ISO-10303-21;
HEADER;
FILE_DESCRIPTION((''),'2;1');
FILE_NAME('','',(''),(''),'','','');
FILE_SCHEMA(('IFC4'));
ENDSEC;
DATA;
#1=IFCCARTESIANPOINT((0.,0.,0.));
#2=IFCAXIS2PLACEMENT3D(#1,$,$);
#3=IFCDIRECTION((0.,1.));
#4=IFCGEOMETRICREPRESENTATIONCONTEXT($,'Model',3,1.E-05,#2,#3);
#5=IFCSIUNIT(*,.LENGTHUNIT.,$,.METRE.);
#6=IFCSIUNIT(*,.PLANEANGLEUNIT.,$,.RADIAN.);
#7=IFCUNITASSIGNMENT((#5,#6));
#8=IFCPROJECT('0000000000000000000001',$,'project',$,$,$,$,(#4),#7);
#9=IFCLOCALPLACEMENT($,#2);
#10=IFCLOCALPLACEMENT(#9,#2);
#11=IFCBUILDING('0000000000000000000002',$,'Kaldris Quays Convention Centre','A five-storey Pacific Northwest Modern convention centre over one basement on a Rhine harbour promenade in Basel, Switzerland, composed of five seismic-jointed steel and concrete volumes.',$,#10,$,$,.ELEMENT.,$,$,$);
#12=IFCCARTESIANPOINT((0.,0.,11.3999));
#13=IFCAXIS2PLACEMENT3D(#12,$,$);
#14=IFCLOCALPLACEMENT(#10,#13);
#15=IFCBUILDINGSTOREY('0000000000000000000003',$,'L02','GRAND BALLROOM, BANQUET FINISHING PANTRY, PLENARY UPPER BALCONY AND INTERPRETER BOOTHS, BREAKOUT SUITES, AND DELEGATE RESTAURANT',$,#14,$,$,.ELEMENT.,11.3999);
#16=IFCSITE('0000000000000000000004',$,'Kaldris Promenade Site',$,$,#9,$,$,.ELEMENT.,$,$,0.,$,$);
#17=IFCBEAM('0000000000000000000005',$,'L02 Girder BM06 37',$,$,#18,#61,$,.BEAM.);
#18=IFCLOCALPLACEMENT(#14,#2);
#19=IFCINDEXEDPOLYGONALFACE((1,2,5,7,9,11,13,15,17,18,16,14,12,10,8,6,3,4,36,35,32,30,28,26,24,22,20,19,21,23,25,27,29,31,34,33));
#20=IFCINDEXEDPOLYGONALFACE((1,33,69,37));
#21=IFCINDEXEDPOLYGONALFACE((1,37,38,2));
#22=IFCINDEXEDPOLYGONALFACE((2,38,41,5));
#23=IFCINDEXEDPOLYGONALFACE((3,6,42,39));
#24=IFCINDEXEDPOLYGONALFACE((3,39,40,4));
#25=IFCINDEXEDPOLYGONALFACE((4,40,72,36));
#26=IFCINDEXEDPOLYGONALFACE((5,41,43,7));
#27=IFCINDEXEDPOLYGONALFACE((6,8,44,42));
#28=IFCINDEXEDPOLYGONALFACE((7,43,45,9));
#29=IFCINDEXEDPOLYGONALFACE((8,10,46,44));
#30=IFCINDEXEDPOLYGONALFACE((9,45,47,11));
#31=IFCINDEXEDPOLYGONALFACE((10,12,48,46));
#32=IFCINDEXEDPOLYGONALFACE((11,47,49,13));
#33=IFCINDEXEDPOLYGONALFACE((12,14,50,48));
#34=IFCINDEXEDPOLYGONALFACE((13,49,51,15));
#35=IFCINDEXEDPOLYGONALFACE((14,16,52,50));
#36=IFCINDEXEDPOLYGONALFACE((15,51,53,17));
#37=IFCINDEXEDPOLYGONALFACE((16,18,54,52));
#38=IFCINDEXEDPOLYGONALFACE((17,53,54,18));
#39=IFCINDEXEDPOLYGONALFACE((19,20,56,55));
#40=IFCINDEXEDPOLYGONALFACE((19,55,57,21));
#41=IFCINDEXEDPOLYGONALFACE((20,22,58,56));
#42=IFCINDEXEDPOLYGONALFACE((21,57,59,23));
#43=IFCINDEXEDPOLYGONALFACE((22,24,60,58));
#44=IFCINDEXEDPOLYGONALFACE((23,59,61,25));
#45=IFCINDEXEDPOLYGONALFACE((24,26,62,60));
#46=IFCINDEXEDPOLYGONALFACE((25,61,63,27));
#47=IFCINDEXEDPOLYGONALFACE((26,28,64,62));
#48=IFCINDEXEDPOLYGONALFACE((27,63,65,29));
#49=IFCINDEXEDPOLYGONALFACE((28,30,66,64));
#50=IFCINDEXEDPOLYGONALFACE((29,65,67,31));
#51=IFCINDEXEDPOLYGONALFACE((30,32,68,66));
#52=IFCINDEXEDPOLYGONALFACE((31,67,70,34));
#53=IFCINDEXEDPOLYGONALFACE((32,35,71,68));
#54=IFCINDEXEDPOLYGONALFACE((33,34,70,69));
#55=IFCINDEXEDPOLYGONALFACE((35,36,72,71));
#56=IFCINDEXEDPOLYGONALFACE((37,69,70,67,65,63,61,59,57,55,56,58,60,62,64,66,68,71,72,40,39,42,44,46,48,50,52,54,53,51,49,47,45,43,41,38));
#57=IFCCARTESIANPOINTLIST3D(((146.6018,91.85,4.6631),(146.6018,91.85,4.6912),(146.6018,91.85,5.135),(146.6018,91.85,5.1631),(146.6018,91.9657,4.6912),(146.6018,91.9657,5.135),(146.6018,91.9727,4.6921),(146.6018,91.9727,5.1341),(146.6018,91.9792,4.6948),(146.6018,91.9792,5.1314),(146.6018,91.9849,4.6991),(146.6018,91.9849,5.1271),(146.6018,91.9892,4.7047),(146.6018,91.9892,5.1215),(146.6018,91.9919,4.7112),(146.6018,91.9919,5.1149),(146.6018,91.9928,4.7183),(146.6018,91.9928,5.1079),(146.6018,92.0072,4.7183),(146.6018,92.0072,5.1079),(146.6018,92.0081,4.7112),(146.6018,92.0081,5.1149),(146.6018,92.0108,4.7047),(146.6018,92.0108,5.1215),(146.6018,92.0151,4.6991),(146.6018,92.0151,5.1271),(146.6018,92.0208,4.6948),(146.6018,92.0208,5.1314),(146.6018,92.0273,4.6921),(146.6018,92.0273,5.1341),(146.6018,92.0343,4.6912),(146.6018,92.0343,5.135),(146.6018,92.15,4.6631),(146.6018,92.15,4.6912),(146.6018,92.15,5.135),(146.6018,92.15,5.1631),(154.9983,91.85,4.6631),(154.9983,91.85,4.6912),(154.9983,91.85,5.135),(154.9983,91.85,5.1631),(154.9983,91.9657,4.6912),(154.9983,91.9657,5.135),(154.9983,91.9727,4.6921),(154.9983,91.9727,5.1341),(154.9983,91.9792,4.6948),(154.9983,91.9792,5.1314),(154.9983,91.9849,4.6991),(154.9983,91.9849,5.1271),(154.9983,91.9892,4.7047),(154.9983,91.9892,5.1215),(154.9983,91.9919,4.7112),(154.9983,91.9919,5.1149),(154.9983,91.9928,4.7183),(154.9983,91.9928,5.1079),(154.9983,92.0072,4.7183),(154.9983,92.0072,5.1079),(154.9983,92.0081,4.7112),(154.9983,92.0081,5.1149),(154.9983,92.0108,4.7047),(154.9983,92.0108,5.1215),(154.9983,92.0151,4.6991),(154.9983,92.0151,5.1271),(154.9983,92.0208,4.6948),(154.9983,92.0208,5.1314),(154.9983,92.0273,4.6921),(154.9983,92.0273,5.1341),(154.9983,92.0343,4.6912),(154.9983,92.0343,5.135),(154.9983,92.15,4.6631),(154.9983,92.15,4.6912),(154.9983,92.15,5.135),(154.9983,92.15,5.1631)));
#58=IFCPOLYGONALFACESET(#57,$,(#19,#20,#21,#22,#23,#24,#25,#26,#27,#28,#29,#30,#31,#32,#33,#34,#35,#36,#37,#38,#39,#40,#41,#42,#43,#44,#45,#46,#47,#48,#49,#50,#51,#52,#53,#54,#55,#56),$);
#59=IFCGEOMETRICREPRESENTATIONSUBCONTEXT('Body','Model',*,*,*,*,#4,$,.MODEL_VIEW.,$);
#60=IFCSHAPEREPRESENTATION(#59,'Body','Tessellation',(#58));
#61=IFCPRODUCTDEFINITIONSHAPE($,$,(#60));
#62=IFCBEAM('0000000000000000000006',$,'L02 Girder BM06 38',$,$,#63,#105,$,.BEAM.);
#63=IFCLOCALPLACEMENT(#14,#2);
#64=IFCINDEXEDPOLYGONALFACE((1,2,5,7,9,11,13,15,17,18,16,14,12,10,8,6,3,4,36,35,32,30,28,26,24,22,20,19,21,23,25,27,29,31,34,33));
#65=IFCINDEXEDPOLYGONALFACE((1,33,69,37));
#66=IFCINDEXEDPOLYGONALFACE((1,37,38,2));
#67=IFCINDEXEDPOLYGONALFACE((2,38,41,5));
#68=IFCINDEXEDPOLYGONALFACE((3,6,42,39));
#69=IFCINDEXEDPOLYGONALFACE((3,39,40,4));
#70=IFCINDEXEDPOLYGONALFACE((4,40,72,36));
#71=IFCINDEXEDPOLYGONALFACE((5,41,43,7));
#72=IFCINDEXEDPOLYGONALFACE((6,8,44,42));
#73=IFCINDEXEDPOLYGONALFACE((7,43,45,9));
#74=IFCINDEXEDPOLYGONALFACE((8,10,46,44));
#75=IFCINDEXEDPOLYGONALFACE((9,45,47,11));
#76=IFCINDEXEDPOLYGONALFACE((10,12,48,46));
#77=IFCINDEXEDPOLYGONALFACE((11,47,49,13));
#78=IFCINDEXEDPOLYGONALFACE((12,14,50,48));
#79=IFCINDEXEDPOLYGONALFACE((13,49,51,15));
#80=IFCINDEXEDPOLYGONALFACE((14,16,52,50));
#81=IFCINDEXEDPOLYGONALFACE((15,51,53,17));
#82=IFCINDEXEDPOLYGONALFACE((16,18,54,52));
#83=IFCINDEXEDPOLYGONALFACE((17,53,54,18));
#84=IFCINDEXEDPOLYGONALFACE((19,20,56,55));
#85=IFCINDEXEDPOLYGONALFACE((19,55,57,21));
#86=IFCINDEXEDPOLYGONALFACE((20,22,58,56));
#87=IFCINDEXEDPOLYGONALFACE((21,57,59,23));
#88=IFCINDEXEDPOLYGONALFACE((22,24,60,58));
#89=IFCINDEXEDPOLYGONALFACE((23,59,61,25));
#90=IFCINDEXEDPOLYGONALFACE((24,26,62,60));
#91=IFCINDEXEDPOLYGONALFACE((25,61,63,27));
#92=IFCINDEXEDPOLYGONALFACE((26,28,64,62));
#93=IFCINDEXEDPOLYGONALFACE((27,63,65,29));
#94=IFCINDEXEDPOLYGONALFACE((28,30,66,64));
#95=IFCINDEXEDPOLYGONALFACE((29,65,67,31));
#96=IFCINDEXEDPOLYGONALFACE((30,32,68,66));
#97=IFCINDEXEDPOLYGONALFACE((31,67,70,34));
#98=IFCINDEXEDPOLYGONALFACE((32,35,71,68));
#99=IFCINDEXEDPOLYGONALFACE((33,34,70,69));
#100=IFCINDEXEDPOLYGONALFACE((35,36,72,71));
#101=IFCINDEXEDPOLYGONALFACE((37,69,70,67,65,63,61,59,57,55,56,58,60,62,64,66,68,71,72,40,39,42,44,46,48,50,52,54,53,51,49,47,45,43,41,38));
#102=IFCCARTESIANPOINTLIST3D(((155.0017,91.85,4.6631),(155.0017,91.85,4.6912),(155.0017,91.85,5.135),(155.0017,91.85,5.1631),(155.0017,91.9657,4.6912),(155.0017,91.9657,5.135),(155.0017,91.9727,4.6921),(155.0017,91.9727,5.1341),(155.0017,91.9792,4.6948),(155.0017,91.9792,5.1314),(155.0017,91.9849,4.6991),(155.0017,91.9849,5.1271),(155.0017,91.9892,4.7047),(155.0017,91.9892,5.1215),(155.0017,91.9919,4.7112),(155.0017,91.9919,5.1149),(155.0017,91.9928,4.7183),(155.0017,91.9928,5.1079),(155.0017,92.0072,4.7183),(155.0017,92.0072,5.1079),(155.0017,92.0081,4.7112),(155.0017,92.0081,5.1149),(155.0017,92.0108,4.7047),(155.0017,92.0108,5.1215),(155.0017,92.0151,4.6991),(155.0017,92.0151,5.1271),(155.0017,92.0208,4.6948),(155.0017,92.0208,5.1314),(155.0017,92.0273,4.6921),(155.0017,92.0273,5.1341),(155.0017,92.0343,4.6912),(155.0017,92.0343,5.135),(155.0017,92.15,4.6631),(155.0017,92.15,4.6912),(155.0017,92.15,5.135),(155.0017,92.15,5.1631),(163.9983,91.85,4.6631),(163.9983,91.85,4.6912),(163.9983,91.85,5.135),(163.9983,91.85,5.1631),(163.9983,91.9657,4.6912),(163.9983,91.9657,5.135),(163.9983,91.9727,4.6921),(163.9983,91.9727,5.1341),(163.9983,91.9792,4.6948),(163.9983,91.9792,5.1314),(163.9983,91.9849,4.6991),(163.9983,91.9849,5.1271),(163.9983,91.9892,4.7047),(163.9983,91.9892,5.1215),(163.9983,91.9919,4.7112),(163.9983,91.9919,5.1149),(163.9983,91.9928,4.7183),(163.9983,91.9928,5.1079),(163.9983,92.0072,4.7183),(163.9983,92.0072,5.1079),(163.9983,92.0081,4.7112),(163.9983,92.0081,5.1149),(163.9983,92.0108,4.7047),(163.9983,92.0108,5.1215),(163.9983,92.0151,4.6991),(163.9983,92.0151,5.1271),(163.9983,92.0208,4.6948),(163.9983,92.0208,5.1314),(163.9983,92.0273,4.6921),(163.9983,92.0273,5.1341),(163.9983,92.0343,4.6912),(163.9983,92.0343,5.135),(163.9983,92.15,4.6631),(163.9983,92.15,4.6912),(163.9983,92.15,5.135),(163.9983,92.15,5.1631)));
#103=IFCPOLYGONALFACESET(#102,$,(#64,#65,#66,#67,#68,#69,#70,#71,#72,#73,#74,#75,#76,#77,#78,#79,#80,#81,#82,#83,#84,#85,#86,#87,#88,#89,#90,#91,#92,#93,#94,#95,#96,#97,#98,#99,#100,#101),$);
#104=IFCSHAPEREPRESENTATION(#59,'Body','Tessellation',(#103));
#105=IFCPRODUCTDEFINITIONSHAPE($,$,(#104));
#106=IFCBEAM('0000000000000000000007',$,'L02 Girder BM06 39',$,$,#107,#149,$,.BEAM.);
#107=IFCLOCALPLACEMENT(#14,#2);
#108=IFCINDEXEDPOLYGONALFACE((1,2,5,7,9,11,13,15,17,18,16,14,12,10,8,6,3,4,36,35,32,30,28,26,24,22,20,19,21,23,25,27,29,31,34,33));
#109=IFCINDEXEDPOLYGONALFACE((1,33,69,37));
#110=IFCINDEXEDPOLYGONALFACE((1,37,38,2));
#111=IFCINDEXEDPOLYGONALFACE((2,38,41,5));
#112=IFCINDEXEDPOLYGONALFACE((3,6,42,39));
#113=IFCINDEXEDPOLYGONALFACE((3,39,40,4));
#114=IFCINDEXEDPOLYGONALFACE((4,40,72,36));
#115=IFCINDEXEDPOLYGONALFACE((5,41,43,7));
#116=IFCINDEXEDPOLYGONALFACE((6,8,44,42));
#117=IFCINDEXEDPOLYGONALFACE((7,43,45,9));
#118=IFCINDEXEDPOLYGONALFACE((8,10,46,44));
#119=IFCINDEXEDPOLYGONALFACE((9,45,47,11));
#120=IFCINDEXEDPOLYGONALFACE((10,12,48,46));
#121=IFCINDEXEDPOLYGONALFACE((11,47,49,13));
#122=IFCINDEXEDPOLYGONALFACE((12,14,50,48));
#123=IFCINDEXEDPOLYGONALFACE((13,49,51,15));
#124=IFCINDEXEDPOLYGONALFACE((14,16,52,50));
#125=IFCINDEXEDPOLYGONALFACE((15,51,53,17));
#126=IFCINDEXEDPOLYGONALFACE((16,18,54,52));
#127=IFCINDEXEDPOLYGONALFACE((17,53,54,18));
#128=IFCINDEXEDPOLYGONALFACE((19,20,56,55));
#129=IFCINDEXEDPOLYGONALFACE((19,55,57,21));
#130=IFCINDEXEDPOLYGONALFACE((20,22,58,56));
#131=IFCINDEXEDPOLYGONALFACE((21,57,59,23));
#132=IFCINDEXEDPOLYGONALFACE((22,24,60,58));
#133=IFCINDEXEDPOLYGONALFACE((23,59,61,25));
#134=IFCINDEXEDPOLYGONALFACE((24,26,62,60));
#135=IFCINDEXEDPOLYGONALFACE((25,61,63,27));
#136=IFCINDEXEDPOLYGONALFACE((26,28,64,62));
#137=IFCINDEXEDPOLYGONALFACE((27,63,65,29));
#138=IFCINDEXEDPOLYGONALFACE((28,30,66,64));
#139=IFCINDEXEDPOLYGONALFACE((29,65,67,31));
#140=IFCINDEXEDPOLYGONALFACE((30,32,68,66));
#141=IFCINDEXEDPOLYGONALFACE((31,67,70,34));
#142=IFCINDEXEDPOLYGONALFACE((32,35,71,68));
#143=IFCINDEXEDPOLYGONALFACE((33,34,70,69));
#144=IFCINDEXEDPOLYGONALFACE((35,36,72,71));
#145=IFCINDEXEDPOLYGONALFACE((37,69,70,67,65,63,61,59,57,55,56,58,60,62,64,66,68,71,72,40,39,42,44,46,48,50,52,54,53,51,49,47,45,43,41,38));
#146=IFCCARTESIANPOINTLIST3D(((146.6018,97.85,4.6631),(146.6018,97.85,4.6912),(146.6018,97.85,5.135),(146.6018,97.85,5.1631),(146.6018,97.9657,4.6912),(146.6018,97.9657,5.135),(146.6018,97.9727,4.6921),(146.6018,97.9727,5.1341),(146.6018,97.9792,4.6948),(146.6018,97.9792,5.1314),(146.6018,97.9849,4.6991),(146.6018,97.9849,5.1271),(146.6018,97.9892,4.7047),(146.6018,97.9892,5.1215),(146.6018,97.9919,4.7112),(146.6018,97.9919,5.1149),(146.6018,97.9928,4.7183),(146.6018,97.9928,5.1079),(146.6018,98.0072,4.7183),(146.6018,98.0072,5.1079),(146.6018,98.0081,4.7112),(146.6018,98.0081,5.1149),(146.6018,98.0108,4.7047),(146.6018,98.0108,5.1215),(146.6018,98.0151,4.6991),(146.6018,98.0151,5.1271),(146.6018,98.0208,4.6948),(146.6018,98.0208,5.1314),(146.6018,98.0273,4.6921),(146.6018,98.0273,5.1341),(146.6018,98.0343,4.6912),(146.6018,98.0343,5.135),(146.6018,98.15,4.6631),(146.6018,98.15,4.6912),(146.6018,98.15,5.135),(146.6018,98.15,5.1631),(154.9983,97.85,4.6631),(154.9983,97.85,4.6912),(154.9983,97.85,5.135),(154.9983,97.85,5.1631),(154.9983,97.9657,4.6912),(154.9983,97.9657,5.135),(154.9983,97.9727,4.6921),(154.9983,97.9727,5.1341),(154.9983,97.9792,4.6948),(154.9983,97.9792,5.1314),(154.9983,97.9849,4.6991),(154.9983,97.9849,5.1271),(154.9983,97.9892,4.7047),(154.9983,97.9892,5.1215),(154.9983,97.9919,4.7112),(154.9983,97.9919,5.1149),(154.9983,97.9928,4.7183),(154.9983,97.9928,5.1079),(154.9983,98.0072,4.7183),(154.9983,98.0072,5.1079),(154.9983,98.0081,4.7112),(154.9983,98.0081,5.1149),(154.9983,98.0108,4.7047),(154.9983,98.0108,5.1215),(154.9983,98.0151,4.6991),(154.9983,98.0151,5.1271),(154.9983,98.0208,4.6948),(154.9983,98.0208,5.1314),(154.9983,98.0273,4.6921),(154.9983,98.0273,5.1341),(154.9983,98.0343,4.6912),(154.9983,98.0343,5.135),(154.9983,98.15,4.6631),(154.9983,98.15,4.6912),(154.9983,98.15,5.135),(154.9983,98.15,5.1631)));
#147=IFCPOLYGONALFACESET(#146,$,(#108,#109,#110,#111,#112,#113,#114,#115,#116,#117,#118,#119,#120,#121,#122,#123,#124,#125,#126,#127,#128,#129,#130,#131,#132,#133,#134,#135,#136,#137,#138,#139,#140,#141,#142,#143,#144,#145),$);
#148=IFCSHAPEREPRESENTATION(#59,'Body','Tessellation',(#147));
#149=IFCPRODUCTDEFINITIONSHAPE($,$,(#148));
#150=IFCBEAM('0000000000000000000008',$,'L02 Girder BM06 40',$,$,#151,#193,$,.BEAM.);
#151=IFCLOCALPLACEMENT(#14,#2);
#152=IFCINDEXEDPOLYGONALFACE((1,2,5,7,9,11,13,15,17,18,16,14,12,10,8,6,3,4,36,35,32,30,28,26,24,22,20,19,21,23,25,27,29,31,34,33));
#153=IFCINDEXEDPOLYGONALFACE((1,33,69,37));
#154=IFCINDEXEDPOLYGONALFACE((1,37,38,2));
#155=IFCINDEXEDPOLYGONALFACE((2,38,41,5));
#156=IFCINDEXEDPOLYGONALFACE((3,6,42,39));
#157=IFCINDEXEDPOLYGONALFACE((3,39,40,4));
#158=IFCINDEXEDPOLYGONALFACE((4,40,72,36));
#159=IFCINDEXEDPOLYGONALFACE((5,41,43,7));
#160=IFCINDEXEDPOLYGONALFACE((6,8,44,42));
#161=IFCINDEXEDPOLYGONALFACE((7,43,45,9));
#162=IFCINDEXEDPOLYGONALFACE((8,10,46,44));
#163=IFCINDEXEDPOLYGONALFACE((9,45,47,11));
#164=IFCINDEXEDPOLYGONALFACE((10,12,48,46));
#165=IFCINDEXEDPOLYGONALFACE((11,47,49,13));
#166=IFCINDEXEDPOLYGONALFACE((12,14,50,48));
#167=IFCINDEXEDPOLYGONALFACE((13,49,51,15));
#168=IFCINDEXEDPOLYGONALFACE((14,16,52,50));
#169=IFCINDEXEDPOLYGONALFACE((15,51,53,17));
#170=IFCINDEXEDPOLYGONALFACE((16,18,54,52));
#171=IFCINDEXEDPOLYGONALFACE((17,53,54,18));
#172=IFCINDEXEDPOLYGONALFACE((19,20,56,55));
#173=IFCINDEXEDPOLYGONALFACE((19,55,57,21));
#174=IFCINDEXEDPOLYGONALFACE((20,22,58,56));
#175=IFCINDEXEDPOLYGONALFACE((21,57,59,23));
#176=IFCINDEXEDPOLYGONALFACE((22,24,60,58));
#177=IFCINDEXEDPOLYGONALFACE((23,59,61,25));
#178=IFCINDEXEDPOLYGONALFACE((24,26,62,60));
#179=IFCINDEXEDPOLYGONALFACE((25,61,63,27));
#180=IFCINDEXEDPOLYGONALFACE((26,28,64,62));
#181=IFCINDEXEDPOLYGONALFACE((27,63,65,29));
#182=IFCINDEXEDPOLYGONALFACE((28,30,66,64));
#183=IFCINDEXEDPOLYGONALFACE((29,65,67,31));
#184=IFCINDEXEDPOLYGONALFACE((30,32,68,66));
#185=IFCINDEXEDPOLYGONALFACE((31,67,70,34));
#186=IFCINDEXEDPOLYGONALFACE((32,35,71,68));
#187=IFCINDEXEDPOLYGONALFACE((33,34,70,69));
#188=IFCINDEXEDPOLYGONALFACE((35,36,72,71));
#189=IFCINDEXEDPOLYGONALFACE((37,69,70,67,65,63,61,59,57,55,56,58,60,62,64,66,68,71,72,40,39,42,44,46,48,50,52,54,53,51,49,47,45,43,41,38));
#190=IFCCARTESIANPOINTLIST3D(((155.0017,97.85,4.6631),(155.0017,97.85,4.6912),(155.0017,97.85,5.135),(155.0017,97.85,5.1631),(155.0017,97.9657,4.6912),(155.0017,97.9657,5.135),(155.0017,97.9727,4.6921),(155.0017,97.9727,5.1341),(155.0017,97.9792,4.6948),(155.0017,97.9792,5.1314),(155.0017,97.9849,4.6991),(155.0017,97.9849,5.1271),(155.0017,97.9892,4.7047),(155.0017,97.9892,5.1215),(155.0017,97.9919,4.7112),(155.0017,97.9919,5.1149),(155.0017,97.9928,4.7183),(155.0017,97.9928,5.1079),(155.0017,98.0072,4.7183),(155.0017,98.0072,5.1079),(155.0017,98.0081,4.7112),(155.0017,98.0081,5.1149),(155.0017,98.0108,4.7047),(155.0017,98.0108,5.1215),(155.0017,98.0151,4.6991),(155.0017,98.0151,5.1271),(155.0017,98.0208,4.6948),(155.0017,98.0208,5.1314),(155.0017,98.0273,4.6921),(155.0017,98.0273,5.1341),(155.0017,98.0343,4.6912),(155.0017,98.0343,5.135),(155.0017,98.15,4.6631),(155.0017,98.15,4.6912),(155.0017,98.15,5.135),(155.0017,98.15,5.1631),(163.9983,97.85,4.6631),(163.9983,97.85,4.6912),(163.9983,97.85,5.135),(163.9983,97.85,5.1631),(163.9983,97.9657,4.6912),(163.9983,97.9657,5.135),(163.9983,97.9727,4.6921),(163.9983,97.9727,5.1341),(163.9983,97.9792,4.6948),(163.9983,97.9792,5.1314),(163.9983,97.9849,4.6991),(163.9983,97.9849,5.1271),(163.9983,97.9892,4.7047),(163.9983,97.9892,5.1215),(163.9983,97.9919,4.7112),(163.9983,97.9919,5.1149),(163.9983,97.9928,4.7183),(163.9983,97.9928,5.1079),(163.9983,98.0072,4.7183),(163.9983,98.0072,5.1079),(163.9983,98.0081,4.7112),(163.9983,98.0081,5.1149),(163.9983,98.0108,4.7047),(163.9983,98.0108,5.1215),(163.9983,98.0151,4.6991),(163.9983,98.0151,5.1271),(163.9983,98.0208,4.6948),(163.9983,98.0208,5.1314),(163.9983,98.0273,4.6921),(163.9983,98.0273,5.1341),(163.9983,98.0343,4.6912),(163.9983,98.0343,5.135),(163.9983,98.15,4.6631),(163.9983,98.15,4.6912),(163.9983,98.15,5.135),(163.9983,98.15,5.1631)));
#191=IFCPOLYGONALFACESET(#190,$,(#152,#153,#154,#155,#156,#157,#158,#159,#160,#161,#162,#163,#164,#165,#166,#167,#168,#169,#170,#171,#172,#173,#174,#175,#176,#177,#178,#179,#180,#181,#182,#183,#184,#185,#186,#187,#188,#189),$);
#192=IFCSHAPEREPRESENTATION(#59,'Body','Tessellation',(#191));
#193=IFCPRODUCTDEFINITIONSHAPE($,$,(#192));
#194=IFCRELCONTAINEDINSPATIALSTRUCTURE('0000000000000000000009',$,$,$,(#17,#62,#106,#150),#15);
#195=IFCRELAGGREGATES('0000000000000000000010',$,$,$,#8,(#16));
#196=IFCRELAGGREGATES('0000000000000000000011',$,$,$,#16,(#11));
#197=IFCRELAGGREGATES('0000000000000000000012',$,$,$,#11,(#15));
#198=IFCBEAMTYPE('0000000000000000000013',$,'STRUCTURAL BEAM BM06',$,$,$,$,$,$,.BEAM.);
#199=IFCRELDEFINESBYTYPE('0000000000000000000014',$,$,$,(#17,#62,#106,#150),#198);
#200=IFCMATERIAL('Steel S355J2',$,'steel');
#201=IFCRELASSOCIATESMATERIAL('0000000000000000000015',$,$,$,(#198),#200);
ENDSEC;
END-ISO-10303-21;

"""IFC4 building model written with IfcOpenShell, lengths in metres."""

from ifc_helpers import new_model, si_unit, direction, frame, origin, origin_2d, place, context, subcontext, project, spatial, i_section, extrude, material, material_profile, profile_set, type_object, element, save


model = new_model("IFC4")

# Units and contexts
model_context = context("Model", 3, precision=1e-05, world=origin(), true_north=direction((0.0, 1.0)))
body_context = subcontext(model_context, "Body", "Model", "MODEL_VIEW")
ifc_project = project(units=[si_unit("LENGTHUNIT", "METRE"), si_unit("PLANEANGLEUNIT", "RADIAN")], contexts=[model_context])

# Site, building, storey
site_placement = place(None, origin())
site = spatial("IfcSite", under=ifc_project, at=site_placement, Name="Kaldris Promenade Site", CompositionType="ELEMENT", RefElevation=0.0)
building_placement = place(site_placement, origin())
building = spatial("IfcBuilding", under=site, at=building_placement, Name="Kaldris Quays Convention Centre", Description="A five-storey Pacific Northwest Modern convention centre over one basement on a Rhine harbour promenade in Basel, Switzerland, composed of five seismic-jointed steel and concrete volumes.", CompositionType="ELEMENT")
storey_placement = place(building_placement, frame((0.0, 0.0, 11.3999)))
storey = spatial("IfcBuildingStorey", under=building, at=storey_placement, Name="L02", Description="GRAND BALLROOM, BANQUET FINISHING PANTRY, PLENARY UPPER BALCONY AND INTERPRETER BOOTHS, BREAKOUT SUITES, AND DELEGATE RESTAURANT", CompositionType="ELEMENT", Elevation=11.3999)

# Shared definitions
ifc_material_1 = material(Name="Steel S355J2", Category="steel")

# Beams
ifc_material_profile_1 = material_profile(ifc_material_1, i_section(OverallWidth=0.3, OverallDepth=0.5, WebThickness=0.0144, FlangeThickness=0.0281, FilletRadius=0.0271, at=origin_2d()), Name="HEB 500")
ifc_profile_set_1 = profile_set([ifc_material_profile_1], Name="Steel S355J2")
beam_type_1 = type_object("IfcBeamType", Name="STRUCTURAL BEAM BM06", PredefinedType="BEAM", material=ifc_profile_set_1)
beam_1_placement = place(storey_placement, frame((146.6018, 92.0, 4.9131), z_axis=(1.0, 0.0, 0.0), x_axis=(0.0, 1.0, 0.0)))
element("IfcBeam", 1, at=beam_1_placement, inside=storey, type_object=beam_type_1, Name="L02 Girder BM06 37", PredefinedType="BEAM", context=body_context, shape_type="SweptSolid", body=[
    extrude(i_section(OverallWidth=0.3, OverallDepth=0.5, WebThickness=0.0144, FlangeThickness=0.0281, FilletRadius=0.0271, at=origin_2d()), origin(), (0.0, 0.0, 1.0), 8.3965),
])
beam_2_placement = place(storey_placement, frame((155.0017, 92.0, 4.9131), z_axis=(1.0, 0.0, 0.0), x_axis=(0.0, 1.0, 0.0)))
element("IfcBeam", 2, at=beam_2_placement, inside=storey, type_object=beam_type_1, Name="L02 Girder BM06 38", PredefinedType="BEAM", context=body_context, shape_type="SweptSolid", body=[
    extrude(i_section(OverallWidth=0.3, OverallDepth=0.5, WebThickness=0.0144, FlangeThickness=0.0281, FilletRadius=0.0271, at=origin_2d()), origin(), (0.0, 0.0, 1.0), 8.9966),
])
beam_3_placement = place(storey_placement, frame((146.6018, 98.0, 4.9131), z_axis=(1.0, 0.0, 0.0), x_axis=(0.0, 1.0, 0.0)))
element("IfcBeam", 3, at=beam_3_placement, inside=storey, type_object=beam_type_1, Name="L02 Girder BM06 39", PredefinedType="BEAM", context=body_context, shape_type="SweptSolid", body=[
    extrude(i_section(OverallWidth=0.3, OverallDepth=0.5, WebThickness=0.0144, FlangeThickness=0.0281, FilletRadius=0.0271, at=origin_2d()), origin(), (0.0, 0.0, 1.0), 8.3965),
])
beam_4_placement = place(storey_placement, frame((155.0017, 98.0, 4.9131), z_axis=(1.0, 0.0, 0.0), x_axis=(0.0, 1.0, 0.0)))
element("IfcBeam", 4, at=beam_4_placement, inside=storey, type_object=beam_type_1, Name="L02 Girder BM06 40", PredefinedType="BEAM", context=body_context, shape_type="SweptSolid", body=[
    extrude(i_section(OverallWidth=0.3, OverallDepth=0.5, WebThickness=0.0144, FlangeThickness=0.0281, FilletRadius=0.0271, at=origin_2d()), origin(), (0.0, 0.0, 1.0), 8.9966),
])

save(model, "model.ifc")
